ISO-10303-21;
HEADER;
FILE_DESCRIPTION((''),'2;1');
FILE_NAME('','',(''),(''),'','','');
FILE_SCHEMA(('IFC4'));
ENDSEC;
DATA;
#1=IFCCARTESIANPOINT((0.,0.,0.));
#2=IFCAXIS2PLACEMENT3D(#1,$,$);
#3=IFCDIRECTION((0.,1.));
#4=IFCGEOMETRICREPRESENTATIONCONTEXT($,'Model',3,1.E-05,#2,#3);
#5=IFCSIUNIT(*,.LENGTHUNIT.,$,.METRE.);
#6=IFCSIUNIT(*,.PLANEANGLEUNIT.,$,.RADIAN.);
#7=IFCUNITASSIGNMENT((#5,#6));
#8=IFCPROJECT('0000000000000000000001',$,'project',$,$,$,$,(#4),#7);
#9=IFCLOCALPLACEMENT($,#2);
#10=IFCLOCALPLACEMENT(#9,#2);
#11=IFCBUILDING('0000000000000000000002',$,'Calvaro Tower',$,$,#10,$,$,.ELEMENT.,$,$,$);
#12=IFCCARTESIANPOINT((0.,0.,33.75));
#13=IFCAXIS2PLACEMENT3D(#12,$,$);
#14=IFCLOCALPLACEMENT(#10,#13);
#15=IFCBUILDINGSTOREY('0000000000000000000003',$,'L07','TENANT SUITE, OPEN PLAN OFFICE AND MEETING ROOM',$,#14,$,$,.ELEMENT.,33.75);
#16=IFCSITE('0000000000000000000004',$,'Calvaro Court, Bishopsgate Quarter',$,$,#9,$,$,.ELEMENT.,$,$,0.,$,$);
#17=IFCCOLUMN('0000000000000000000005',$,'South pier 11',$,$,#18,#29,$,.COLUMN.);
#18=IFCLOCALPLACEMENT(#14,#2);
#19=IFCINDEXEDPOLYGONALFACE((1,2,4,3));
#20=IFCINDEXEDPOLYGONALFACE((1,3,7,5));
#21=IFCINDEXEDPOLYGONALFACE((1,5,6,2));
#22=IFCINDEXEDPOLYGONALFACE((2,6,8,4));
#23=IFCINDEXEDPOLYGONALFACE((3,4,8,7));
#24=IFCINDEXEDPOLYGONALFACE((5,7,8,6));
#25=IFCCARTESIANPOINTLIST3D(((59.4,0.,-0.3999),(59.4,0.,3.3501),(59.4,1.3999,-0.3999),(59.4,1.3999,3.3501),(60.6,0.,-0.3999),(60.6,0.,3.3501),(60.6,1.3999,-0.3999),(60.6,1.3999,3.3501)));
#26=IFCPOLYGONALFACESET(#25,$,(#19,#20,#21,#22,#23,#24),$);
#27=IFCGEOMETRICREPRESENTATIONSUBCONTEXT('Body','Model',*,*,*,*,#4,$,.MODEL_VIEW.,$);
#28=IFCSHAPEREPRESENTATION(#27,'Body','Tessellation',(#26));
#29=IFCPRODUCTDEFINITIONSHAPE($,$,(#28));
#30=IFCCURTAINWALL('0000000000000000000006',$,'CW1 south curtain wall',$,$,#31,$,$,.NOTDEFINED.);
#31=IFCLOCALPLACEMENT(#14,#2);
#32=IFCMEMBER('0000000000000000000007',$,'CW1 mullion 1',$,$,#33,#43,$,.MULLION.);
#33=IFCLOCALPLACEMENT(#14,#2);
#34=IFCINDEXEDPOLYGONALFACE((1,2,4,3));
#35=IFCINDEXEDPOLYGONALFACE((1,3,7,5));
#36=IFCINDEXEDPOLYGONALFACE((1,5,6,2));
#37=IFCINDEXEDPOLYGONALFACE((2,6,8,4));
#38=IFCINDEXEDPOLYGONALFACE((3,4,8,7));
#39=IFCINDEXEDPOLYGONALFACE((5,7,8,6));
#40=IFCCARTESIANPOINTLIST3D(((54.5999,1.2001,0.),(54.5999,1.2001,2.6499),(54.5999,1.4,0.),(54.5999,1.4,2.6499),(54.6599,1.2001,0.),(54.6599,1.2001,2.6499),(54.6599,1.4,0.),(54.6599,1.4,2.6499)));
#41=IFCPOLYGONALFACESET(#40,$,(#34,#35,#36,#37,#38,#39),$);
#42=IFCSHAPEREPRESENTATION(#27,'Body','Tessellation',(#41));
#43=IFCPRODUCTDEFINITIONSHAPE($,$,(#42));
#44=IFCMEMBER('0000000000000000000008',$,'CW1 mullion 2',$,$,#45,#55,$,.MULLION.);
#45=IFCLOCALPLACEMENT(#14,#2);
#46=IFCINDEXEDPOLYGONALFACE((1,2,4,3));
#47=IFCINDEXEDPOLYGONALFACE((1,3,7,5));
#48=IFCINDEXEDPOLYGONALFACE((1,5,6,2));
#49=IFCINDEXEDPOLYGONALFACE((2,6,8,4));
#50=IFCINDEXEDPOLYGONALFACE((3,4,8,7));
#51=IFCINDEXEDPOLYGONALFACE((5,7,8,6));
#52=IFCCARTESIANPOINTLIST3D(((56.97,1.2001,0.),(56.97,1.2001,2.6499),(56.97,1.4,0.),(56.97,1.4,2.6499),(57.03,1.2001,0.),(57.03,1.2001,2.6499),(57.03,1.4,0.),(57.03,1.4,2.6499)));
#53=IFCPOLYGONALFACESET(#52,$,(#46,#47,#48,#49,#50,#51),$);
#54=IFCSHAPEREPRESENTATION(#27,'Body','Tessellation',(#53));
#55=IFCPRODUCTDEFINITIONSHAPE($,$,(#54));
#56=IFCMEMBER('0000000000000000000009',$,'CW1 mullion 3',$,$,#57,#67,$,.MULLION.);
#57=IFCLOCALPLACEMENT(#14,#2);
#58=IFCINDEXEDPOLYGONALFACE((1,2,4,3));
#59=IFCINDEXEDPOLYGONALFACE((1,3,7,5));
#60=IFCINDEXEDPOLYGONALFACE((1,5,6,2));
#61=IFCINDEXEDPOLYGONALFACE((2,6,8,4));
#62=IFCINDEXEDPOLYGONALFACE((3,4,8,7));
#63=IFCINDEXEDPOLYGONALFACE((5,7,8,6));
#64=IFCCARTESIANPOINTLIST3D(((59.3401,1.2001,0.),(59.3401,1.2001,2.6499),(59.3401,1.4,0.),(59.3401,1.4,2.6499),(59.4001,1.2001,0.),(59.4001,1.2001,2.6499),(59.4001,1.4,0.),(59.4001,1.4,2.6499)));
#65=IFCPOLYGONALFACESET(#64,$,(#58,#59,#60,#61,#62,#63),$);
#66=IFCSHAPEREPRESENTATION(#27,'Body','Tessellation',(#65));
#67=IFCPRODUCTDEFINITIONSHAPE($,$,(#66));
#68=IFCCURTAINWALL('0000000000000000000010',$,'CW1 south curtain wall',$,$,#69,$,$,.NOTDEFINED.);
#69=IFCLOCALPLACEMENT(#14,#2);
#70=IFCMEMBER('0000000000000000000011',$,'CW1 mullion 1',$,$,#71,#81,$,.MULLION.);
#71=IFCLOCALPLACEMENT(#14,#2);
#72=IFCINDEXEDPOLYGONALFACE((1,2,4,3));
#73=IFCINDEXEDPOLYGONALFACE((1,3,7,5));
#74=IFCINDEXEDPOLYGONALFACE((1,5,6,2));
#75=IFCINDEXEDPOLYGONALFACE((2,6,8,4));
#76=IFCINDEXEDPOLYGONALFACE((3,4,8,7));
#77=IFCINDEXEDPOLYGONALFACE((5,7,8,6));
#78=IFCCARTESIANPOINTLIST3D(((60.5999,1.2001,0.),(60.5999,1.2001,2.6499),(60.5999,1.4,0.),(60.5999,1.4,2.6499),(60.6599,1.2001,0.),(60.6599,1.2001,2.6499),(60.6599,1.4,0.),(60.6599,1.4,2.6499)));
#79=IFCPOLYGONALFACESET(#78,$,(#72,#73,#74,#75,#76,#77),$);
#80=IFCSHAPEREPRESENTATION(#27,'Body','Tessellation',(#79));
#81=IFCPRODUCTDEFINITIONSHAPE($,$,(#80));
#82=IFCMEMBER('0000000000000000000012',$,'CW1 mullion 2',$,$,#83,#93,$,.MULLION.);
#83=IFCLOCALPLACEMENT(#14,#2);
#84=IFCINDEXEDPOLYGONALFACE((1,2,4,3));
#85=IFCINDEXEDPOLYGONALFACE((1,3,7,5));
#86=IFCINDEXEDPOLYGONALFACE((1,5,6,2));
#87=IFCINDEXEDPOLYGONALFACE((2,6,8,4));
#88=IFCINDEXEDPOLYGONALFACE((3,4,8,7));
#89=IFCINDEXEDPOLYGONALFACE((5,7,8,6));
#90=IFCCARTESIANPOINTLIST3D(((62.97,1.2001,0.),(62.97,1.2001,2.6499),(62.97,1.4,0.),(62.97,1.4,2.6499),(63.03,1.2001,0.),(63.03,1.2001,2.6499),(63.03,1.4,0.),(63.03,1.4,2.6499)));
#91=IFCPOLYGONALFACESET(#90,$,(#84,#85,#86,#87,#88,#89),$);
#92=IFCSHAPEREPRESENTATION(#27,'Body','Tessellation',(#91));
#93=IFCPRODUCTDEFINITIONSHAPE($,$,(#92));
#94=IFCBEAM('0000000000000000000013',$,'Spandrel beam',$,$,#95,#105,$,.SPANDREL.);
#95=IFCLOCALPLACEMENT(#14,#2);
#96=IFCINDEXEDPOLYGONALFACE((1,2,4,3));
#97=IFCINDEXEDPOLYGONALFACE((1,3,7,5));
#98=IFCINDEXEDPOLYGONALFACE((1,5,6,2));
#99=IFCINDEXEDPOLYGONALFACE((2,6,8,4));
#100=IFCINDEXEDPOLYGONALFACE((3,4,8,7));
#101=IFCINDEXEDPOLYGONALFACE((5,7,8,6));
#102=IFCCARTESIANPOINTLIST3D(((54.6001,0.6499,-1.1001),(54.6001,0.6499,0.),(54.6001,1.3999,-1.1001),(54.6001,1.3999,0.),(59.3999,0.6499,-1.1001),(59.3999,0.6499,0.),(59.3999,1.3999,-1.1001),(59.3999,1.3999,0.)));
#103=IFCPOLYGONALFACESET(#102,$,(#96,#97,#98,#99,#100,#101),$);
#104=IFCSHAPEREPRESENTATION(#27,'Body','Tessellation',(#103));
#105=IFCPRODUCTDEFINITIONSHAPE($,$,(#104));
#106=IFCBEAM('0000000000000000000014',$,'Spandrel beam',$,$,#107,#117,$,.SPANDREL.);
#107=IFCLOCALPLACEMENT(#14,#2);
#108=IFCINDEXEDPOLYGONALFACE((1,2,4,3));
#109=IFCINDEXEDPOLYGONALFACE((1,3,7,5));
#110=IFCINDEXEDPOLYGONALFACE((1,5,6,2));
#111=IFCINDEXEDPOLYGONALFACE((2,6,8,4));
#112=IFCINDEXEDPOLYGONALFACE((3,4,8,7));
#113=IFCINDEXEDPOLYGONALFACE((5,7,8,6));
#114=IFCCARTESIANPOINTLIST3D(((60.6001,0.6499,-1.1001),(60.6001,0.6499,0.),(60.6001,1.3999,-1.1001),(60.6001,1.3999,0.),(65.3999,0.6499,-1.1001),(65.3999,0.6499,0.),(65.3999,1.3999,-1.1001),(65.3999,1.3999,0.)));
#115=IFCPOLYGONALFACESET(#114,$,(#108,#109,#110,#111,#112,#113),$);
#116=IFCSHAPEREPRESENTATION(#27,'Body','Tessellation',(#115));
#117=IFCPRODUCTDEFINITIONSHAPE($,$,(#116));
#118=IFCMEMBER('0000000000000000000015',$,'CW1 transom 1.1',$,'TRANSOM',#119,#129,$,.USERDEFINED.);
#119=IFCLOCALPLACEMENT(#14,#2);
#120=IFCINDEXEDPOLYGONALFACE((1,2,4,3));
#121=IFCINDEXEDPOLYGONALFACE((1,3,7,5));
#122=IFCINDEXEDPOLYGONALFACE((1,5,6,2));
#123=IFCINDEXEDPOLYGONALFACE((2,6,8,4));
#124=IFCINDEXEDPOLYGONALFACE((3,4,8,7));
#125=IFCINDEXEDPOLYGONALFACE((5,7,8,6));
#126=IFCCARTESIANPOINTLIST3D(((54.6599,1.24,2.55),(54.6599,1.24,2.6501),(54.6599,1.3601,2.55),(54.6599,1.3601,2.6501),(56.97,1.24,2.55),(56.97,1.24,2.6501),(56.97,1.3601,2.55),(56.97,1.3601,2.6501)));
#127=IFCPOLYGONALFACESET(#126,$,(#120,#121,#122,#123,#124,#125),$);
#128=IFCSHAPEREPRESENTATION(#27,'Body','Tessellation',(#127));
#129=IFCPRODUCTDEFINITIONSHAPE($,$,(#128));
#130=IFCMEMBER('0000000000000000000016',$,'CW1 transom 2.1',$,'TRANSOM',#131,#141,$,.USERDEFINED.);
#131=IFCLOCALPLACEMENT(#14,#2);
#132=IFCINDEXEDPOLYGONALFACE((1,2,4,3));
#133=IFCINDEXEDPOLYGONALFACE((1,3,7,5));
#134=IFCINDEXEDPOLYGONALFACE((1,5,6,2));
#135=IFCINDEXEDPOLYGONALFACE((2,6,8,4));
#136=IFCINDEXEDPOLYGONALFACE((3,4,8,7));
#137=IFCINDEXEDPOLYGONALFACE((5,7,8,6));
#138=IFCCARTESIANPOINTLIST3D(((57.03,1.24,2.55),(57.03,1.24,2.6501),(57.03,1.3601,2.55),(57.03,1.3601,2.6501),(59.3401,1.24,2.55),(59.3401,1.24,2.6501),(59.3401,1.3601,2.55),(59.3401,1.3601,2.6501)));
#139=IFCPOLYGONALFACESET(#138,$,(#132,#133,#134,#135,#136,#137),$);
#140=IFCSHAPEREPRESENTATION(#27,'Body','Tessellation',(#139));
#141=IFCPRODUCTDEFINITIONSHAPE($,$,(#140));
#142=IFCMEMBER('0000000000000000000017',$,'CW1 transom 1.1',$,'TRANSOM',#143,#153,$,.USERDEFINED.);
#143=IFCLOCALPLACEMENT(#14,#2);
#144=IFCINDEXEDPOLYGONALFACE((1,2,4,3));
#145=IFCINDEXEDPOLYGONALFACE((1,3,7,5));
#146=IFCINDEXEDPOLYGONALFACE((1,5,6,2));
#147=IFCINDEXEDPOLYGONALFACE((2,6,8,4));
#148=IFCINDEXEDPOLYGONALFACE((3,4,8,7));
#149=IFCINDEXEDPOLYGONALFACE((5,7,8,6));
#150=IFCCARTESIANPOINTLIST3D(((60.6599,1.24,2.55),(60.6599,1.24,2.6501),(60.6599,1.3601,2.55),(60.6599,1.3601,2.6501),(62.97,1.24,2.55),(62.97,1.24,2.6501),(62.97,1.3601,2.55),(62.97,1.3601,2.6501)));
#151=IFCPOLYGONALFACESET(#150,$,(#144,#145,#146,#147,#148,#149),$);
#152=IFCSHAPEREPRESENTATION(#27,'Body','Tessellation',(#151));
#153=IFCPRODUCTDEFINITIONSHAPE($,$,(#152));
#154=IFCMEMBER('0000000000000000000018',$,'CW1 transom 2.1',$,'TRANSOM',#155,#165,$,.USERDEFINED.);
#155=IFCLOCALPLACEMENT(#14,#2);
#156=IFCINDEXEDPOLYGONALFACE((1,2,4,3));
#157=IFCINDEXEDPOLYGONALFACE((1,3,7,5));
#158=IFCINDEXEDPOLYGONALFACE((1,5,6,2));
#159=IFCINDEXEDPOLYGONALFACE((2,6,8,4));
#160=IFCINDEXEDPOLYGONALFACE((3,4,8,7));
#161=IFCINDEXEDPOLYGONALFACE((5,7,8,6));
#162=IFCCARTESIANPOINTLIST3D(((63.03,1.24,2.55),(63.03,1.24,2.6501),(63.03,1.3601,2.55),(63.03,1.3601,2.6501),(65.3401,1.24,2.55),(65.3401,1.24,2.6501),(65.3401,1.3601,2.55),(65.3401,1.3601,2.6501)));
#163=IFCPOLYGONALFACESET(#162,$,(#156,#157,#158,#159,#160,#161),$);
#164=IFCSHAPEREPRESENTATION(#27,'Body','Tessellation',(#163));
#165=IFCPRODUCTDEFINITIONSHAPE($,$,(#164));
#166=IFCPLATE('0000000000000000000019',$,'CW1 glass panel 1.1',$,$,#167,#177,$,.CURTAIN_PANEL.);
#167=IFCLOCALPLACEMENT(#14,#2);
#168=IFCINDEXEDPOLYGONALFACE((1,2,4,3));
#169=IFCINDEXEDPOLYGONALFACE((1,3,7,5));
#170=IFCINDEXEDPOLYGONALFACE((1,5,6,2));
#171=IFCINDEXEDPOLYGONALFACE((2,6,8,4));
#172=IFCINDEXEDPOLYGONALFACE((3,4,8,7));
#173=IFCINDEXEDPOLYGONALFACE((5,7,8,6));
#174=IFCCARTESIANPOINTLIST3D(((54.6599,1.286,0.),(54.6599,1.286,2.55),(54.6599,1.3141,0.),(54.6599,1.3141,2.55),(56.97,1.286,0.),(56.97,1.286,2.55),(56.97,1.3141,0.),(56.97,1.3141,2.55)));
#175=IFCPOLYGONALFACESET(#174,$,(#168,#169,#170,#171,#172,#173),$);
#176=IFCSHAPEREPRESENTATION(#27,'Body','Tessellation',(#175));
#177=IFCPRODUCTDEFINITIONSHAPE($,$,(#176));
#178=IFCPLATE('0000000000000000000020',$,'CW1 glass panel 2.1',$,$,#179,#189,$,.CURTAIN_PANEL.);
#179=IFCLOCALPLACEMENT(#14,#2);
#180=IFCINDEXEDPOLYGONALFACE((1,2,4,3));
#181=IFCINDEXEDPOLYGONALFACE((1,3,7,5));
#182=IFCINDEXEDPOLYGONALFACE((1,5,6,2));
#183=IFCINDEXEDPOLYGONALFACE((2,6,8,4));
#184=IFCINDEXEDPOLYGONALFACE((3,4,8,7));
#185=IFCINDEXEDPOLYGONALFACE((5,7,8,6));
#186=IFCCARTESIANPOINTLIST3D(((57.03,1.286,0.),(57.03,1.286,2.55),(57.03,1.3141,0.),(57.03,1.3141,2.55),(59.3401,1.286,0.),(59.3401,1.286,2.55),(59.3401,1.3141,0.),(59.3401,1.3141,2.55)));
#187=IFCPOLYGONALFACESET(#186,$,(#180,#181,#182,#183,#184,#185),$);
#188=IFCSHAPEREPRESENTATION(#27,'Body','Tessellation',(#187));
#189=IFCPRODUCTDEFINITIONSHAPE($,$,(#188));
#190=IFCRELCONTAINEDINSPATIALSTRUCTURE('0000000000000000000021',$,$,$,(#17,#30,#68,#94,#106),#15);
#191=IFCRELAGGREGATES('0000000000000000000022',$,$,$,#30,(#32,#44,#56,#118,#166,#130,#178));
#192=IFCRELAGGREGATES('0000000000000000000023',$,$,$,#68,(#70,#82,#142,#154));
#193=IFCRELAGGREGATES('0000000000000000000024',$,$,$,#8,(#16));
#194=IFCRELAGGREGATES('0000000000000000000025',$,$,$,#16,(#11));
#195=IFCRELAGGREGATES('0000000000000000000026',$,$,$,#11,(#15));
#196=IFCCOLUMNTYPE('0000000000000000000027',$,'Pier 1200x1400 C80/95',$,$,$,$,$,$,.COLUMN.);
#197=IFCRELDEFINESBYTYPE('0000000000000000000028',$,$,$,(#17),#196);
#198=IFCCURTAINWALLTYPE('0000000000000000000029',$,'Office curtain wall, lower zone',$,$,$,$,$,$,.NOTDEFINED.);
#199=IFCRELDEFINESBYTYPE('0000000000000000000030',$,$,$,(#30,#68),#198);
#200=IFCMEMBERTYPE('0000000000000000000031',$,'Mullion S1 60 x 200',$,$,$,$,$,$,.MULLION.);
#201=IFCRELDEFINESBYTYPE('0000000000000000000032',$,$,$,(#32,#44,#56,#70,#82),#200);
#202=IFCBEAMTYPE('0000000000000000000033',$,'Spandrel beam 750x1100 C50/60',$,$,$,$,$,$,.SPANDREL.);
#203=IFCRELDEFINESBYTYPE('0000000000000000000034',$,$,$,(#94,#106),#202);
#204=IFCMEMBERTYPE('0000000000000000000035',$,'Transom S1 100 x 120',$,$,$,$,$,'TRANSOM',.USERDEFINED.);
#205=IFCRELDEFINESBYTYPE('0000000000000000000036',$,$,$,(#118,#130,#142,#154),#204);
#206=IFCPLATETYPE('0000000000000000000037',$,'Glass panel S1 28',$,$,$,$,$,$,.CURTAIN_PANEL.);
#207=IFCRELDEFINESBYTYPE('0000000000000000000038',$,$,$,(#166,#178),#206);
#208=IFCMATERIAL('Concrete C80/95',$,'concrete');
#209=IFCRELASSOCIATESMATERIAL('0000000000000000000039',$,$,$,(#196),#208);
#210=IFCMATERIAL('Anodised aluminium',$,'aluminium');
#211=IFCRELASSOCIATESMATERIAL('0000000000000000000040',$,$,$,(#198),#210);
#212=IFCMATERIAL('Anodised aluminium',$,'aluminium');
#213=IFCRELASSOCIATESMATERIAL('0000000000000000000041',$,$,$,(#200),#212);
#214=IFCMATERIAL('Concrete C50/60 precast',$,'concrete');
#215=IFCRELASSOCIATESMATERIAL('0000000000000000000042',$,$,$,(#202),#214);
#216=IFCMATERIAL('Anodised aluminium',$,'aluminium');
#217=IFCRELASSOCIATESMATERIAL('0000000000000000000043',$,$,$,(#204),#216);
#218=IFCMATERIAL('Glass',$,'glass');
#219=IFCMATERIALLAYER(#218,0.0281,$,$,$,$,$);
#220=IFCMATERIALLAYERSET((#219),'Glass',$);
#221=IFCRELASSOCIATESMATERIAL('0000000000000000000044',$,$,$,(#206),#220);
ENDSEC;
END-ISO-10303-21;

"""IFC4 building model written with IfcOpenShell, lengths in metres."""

from ifc_helpers import new_model, si_unit, direction, frame, origin, origin_2d, place, context, subcontext, project, spatial, rectangle, extrude, material, layer, layer_set, material_profile, profile_set, type_object, element, aggregate, save


model = new_model("IFC4")

# Units and contexts
model_context = context("Model", 3, precision=1e-05, world=origin(), true_north=direction((0.0, 1.0)))
body_context = subcontext(model_context, "Body", "Model", "MODEL_VIEW")
ifc_project = project(units=[si_unit("LENGTHUNIT", "METRE"), si_unit("PLANEANGLEUNIT", "RADIAN")], contexts=[model_context])

# Site, building, storey
site_placement = place(None, origin())
site = spatial("IfcSite", under=ifc_project, at=site_placement, Name="Calvaro Court, Bishopsgate Quarter", CompositionType="ELEMENT", RefElevation=0.0)
building_placement = place(site_placement, origin())
building = spatial("IfcBuilding", under=site, at=building_placement, Name="Calvaro Tower", CompositionType="ELEMENT")
storey_placement = place(building_placement, frame((0.0, 0.0, 33.75)))
storey = spatial("IfcBuildingStorey", under=building, at=storey_placement, Name="L07", Description="TENANT SUITE, OPEN PLAN OFFICE AND MEETING ROOM", CompositionType="ELEMENT", Elevation=33.75)

# Column
ifc_material_1 = material(Name="Concrete C80/95", Category="concrete")
ifc_material_profile_1 = material_profile(ifc_material_1, rectangle(XDim=1.2, YDim=1.3999, at=origin_2d()), Name="RC 1200x1400")
ifc_profile_set_1 = profile_set([ifc_material_profile_1], Name="Concrete C80/95")
column_type = type_object("IfcColumnType", Name="Pier 1200x1400 C80/95", PredefinedType="COLUMN", material=ifc_profile_set_1)
column_placement = place(storey_placement, frame((60.0, 0.7, -0.3999), z_axis=(0.0, 0.0, 1.0), x_axis=(1.0, 0.0, 0.0)))
element("IfcColumn", 1, at=column_placement, inside=storey, type_object=column_type, Name="South pier 11", PredefinedType="COLUMN", context=body_context, shape_type="SweptSolid", body=[
    extrude(rectangle(XDim=1.2, YDim=1.3999, at=origin_2d()), origin(), (0.0, 0.0, 1.0), 3.75),
])

# Curtain walls, members
ifc_material_2 = material(Name="Anodised aluminium", Category="aluminium")
curtain_wall_type = type_object("IfcCurtainWallType", Name="Office curtain wall, lower zone", PredefinedType="NOTDEFINED", material=ifc_material_2)
curtain_wall_1_placement = place(storey_placement, origin())
curtain_wall_1 = element("IfcCurtainWall", 2, at=curtain_wall_1_placement, inside=storey, type_object=curtain_wall_type, Name="CW1 south curtain wall", PredefinedType="NOTDEFINED")
ifc_material_3 = material(Name="Anodised aluminium", Category="aluminium")
ifc_material_profile_2 = material_profile(ifc_material_3, rectangle(XDim=0.2, YDim=0.0601, at=origin_2d()), Name="Mullion S1 60 x 200")
ifc_profile_set_2 = profile_set([ifc_material_profile_2], Name="Anodised aluminium")
member_type_1 = type_object("IfcMemberType", Name="Mullion S1 60 x 200", PredefinedType="MULLION", material=ifc_profile_set_2)
member_1_placement = place(storey_placement, frame((54.6299, 1.3, 0.0), z_axis=(0.0, 0.0, 1.0), x_axis=(0.0, 1.0, 0.0)))
member_1 = element("IfcMember", 3, at=member_1_placement, type_object=member_type_1, Name="CW1 mullion 1", PredefinedType="MULLION", context=body_context, shape_type="SweptSolid", body=[
    extrude(rectangle(XDim=0.2, YDim=0.0601, at=origin_2d()), origin(), (0.0, 0.0, 1.0), 2.6499),
])
member_2_placement = place(storey_placement, frame((57.0, 1.3, 0.0), z_axis=(0.0, 0.0, 1.0), x_axis=(0.0, 1.0, 0.0)))
member_2 = element("IfcMember", 4, at=member_2_placement, type_object=member_type_1, Name="CW1 mullion 2", PredefinedType="MULLION", context=body_context, shape_type="SweptSolid", body=[
    extrude(rectangle(XDim=0.2, YDim=0.0601, at=origin_2d()), origin(), (0.0, 0.0, 1.0), 2.6499),
])
member_3_placement = place(storey_placement, frame((59.3701, 1.3, 0.0), z_axis=(0.0, 0.0, 1.0), x_axis=(0.0, 1.0, 0.0)))
member_3 = element("IfcMember", 5, at=member_3_placement, type_object=member_type_1, Name="CW1 mullion 3", PredefinedType="MULLION", context=body_context, shape_type="SweptSolid", body=[
    extrude(rectangle(XDim=0.2, YDim=0.0601, at=origin_2d()), origin(), (0.0, 0.0, 1.0), 2.6499),
])
curtain_wall_2_placement = place(storey_placement, origin())
curtain_wall_2 = element("IfcCurtainWall", 6, at=curtain_wall_2_placement, inside=storey, type_object=curtain_wall_type, Name="CW1 south curtain wall", PredefinedType="NOTDEFINED")
member_4_placement = place(storey_placement, frame((60.6299, 1.3, 0.0), z_axis=(0.0, 0.0, 1.0), x_axis=(0.0, 1.0, 0.0)))
member_4 = element("IfcMember", 7, at=member_4_placement, type_object=member_type_1, Name="CW1 mullion 1", PredefinedType="MULLION", context=body_context, shape_type="SweptSolid", body=[
    extrude(rectangle(XDim=0.2, YDim=0.0601, at=origin_2d()), origin(), (0.0, 0.0, 1.0), 2.6499),
])
member_5_placement = place(storey_placement, frame((63.0, 1.3, 0.0), z_axis=(0.0, 0.0, 1.0), x_axis=(0.0, 1.0, 0.0)))
member_5 = element("IfcMember", 8, at=member_5_placement, type_object=member_type_1, Name="CW1 mullion 2", PredefinedType="MULLION", context=body_context, shape_type="SweptSolid", body=[
    extrude(rectangle(XDim=0.2, YDim=0.0601, at=origin_2d()), origin(), (0.0, 0.0, 1.0), 2.6499),
])

# Beams
ifc_material_4 = material(Name="Concrete C50/60 precast", Category="concrete")
ifc_material_profile_3 = material_profile(ifc_material_4, rectangle(XDim=0.75, YDim=1.1001, at=origin_2d()), Name="RC 750x1100")
ifc_profile_set_3 = profile_set([ifc_material_profile_3], Name="Concrete C50/60 precast")
beam_type = type_object("IfcBeamType", Name="Spandrel beam 750x1100 C50/60", PredefinedType="SPANDREL", material=ifc_profile_set_3)
for number, where, z_axis, x_axis, name in (
    (9, (54.6001, 1.0249, -0.55), (1.0, 0.0, 0.0), (0.0, 1.0, 0.0), "Spandrel beam"),
    (10, (60.6001, 1.0249, -0.55), (1.0, 0.0, 0.0), (0.0, 1.0, 0.0), "Spandrel beam"),
):
    element("IfcBeam", number, at=place(storey_placement, frame(where, z_axis=z_axis, x_axis=x_axis)), inside=storey, type_object=beam_type, Name=name, PredefinedType="SPANDREL", context=body_context, shape_type="SweptSolid", body=[
        extrude(rectangle(XDim=0.75, YDim=1.1001, at=origin_2d()), origin(), (0.0, 0.0, 1.0), 4.7998),
    ])

# Members
ifc_material_5 = material(Name="Anodised aluminium", Category="aluminium")
ifc_material_profile_4 = material_profile(ifc_material_5, rectangle(XDim=0.1201, YDim=0.1001, at=origin_2d()), Name="Transom S1 100 x 120")
ifc_profile_set_4 = profile_set([ifc_material_profile_4], Name="Anodised aluminium")
member_type_2 = type_object("IfcMemberType", Name="Transom S1 100 x 120", ElementType="TRANSOM", PredefinedType="USERDEFINED", material=ifc_profile_set_4)
member_6_placement = place(storey_placement, frame((54.6599, 1.3, 2.6001), z_axis=(1.0, 0.0, 0.0), x_axis=(0.0, 1.0, 0.0)))
member_6 = element("IfcMember", 11, at=member_6_placement, type_object=member_type_2, Name="CW1 transom 1.1", ObjectType="TRANSOM", PredefinedType="USERDEFINED", context=body_context, shape_type="SweptSolid", body=[
    extrude(rectangle(XDim=0.1201, YDim=0.1001, at=origin_2d()), origin(), (0.0, 0.0, 1.0), 2.3101),
])
member_7_placement = place(storey_placement, frame((57.03, 1.3, 2.6001), z_axis=(1.0, 0.0, 0.0), x_axis=(0.0, 1.0, 0.0)))
member_7 = element("IfcMember", 12, at=member_7_placement, type_object=member_type_2, Name="CW1 transom 2.1", ObjectType="TRANSOM", PredefinedType="USERDEFINED", context=body_context, shape_type="SweptSolid", body=[
    extrude(rectangle(XDim=0.1201, YDim=0.1001, at=origin_2d()), origin(), (0.0, 0.0, 1.0), 2.3101),
])
member_8_placement = place(storey_placement, frame((60.6599, 1.3, 2.6001), z_axis=(1.0, 0.0, 0.0), x_axis=(0.0, 1.0, 0.0)))
member_8 = element("IfcMember", 13, at=member_8_placement, type_object=member_type_2, Name="CW1 transom 1.1", ObjectType="TRANSOM", PredefinedType="USERDEFINED", context=body_context, shape_type="SweptSolid", body=[
    extrude(rectangle(XDim=0.1201, YDim=0.1001, at=origin_2d()), origin(), (0.0, 0.0, 1.0), 2.3101),
])
member_9_placement = place(storey_placement, frame((63.03, 1.3, 2.6001), z_axis=(1.0, 0.0, 0.0), x_axis=(0.0, 1.0, 0.0)))
member_9 = element("IfcMember", 14, at=member_9_placement, type_object=member_type_2, Name="CW1 transom 2.1", ObjectType="TRANSOM", PredefinedType="USERDEFINED", context=body_context, shape_type="SweptSolid", body=[
    extrude(rectangle(XDim=0.1201, YDim=0.1001, at=origin_2d()), origin(), (0.0, 0.0, 1.0), 2.3101),
])

# Plates
ifc_material_6 = material(Name="Glass", Category="glass")
ifc_layer = layer(ifc_material_6, 0.0281)
ifc_layer_set = layer_set([ifc_layer], Name="Glass")
plate_type = type_object("IfcPlateType", Name="Glass panel S1 28", PredefinedType="CURTAIN_PANEL", material=ifc_layer_set)
plate_1_placement = place(storey_placement, frame((55.8149, 1.3, 0.0), z_axis=(0.0, 0.0, 1.0), x_axis=(1.0, 0.0, 0.0)))
plate_1 = element("IfcPlate", 15, at=plate_1_placement, type_object=plate_type, Name="CW1 glass panel 1.1", PredefinedType="CURTAIN_PANEL", context=body_context, shape_type="SweptSolid", body=[
    extrude(rectangle(XDim=2.3101, YDim=0.0281, at=origin_2d()), origin(), (0.0, 0.0, 1.0), 2.55),
])
plate_2_placement = place(storey_placement, frame((58.1851, 1.3, 0.0), z_axis=(0.0, 0.0, 1.0), x_axis=(1.0, 0.0, 0.0)))
plate_2 = element("IfcPlate", 16, at=plate_2_placement, type_object=plate_type, Name="CW1 glass panel 2.1", PredefinedType="CURTAIN_PANEL", context=body_context, shape_type="SweptSolid", body=[
    extrude(rectangle(XDim=2.3101, YDim=0.0281, at=origin_2d()), origin(), (0.0, 0.0, 1.0), 2.55),
])
aggregate(curtain_wall_1, [member_1, member_2, member_3, member_6, plate_1, member_7, plate_2])
aggregate(curtain_wall_2, [member_4, member_5, member_8, member_9])

save(model, "model.ifc")
